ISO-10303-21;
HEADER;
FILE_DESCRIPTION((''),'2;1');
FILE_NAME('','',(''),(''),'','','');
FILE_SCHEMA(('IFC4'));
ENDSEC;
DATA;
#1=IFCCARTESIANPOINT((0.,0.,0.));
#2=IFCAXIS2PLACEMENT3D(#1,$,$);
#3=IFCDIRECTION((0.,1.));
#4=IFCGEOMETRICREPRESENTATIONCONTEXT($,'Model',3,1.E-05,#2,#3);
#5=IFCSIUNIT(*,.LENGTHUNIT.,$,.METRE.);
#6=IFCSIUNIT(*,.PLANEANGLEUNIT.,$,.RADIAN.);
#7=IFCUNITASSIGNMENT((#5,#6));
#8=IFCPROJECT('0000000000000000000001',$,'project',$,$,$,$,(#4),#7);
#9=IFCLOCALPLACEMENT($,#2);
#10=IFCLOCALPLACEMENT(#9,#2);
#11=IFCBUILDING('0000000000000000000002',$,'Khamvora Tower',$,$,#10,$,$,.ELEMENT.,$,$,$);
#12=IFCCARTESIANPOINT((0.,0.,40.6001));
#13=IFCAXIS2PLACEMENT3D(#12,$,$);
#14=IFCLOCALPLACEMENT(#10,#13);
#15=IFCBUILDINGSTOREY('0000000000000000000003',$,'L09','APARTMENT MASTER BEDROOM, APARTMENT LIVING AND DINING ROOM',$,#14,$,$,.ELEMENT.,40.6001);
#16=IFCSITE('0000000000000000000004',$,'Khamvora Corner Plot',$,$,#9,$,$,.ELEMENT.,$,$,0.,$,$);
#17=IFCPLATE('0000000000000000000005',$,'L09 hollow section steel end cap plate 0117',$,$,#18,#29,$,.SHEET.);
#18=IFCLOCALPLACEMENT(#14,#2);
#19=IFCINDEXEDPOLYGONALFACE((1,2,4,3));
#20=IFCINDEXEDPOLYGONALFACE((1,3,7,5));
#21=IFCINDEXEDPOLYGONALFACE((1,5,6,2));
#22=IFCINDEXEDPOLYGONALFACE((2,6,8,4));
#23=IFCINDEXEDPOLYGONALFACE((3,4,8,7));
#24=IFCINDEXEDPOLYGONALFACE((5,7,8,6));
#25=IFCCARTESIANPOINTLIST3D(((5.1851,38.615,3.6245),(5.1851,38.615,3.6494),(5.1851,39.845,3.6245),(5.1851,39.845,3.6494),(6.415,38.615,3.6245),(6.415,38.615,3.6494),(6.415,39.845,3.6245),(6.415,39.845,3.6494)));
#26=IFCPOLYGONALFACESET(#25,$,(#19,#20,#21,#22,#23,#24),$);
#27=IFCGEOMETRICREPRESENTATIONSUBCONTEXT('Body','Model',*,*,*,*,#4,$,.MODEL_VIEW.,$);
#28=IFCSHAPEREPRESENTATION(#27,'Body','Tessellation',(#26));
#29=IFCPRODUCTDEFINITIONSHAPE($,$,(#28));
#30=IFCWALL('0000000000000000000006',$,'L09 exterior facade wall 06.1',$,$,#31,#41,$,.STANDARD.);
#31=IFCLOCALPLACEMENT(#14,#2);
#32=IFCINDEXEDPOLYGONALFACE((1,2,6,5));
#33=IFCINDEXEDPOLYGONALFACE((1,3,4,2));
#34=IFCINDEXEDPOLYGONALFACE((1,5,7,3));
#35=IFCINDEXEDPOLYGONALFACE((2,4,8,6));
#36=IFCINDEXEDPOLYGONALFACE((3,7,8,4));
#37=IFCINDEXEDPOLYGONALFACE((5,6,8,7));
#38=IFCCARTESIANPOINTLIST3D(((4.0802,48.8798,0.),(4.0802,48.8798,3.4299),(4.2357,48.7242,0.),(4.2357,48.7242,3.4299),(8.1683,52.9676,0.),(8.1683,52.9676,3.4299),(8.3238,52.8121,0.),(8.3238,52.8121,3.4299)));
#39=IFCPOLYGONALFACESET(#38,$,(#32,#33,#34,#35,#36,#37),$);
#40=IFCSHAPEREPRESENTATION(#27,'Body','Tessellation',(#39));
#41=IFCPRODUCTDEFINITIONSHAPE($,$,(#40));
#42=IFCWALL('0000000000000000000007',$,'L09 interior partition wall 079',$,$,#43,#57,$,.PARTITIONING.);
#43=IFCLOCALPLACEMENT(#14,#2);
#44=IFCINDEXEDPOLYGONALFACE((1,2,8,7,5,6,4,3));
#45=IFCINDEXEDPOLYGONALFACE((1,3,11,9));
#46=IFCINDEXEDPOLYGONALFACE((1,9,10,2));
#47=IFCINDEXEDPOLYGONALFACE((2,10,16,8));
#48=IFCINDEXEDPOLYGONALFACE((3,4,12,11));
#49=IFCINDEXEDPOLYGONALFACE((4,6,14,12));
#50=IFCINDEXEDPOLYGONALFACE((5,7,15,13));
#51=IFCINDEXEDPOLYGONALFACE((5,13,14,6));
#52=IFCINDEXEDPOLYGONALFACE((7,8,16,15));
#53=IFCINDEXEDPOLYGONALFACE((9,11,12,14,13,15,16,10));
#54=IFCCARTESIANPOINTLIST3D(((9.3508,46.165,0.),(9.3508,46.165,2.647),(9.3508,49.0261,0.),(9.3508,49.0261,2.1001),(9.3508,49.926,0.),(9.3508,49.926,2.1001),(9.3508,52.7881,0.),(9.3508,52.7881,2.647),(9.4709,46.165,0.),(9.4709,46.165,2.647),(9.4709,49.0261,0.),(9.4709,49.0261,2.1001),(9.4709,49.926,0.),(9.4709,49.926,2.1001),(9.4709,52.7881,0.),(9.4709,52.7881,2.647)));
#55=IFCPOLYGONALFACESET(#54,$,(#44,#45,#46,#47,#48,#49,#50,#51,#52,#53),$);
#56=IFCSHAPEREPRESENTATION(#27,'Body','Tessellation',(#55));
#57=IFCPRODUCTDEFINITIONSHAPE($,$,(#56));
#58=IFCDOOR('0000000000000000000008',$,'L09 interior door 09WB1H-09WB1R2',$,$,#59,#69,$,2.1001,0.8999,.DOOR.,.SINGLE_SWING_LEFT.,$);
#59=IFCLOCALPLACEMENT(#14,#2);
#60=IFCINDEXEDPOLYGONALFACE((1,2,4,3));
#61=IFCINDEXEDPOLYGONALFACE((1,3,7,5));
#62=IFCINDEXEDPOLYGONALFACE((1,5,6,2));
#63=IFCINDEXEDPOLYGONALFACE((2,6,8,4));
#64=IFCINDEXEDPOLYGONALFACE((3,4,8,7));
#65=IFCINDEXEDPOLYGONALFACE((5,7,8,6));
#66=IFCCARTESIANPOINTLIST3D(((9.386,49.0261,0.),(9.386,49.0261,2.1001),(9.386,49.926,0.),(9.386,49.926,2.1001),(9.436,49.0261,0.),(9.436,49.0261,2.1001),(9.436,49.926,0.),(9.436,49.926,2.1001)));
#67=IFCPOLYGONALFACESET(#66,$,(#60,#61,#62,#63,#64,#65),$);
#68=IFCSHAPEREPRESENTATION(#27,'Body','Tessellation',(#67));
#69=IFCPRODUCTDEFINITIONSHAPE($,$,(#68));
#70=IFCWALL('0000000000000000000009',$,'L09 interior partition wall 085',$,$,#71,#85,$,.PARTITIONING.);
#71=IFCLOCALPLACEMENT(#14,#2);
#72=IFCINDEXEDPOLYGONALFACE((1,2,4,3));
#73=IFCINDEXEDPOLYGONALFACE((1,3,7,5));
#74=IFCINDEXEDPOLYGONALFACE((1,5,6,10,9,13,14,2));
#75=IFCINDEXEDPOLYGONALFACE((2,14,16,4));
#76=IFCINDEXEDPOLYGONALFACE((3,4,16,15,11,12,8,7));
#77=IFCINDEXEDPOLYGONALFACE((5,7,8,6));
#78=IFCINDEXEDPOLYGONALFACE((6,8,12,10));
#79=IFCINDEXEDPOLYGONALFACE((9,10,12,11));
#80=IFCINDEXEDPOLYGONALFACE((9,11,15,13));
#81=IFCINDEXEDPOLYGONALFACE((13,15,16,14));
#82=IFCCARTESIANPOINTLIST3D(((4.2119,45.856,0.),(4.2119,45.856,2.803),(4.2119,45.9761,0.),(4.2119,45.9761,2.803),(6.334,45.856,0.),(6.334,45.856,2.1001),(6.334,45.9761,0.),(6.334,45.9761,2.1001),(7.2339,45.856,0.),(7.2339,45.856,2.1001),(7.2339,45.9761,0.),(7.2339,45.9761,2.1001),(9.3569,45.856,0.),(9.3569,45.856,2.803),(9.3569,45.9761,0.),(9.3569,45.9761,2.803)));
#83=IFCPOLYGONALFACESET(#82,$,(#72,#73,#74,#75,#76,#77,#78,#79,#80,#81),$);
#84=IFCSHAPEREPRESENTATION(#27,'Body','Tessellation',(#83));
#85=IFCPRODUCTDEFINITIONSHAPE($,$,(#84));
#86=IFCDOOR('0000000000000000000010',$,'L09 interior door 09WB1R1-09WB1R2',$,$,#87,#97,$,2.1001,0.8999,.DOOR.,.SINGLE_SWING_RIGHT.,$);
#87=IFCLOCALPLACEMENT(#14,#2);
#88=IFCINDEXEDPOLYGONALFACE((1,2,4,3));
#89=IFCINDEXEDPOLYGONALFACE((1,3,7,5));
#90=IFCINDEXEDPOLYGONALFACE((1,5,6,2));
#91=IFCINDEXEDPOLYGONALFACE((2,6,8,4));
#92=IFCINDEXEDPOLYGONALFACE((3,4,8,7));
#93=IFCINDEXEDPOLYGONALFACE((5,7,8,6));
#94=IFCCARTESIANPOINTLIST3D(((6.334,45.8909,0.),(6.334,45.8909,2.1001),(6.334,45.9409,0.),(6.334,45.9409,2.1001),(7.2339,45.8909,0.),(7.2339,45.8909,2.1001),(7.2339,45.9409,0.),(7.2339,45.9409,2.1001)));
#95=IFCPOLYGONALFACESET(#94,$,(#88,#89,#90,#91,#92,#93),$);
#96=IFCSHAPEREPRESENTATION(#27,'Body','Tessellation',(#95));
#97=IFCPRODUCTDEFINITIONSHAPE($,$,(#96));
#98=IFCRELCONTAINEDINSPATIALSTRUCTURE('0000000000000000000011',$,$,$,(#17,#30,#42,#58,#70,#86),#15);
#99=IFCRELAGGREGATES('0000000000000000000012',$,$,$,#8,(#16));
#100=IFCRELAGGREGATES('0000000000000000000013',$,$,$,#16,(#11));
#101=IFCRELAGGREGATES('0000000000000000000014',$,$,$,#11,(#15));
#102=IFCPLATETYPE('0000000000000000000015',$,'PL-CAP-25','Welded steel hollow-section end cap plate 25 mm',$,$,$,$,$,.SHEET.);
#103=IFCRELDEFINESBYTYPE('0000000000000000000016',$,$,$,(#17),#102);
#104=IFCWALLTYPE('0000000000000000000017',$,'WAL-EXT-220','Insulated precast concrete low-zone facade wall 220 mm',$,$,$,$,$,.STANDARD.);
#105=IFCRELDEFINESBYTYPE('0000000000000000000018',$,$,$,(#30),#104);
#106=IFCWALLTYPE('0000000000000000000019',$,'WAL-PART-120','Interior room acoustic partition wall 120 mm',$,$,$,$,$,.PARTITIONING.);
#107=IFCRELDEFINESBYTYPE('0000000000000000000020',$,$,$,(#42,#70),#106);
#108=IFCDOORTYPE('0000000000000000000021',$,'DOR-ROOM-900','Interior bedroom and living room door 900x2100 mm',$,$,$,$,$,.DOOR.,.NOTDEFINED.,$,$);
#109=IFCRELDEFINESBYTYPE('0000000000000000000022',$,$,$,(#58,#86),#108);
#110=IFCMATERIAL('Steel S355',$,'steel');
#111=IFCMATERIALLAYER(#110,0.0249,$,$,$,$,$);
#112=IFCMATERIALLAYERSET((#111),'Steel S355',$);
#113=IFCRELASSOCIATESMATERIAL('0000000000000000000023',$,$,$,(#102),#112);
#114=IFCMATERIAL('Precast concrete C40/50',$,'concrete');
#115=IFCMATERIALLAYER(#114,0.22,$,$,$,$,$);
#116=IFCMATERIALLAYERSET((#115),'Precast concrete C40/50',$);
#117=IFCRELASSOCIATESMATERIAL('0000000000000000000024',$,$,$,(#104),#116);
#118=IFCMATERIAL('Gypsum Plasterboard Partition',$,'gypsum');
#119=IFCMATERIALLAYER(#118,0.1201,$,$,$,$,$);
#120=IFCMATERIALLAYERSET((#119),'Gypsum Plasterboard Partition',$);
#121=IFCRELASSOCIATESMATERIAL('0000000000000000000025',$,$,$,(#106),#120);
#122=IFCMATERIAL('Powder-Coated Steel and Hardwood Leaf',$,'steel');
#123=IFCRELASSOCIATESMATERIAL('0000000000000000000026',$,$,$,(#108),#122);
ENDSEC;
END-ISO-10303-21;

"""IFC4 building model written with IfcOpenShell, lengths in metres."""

from ifc_helpers import new_model, si_unit, direction, frame, frame_2d, origin, origin_2d, place, context, subcontext, project, spatial, rectangle, extrude, material, layer, layer_set, type_object, element, fill, save


model = new_model("IFC4")

# Units and contexts
model_context = context("Model", 3, precision=1e-05, world=origin(), true_north=direction((0.0, 1.0)))
body_context = subcontext(model_context, "Body", "Model", "MODEL_VIEW")
ifc_project = project(units=[si_unit("LENGTHUNIT", "METRE"), si_unit("PLANEANGLEUNIT", "RADIAN")], contexts=[model_context])

# Site, building, storey
site_placement = place(None, origin())
site = spatial("IfcSite", under=ifc_project, at=site_placement, Name="Khamvora Corner Plot", CompositionType="ELEMENT", RefElevation=0.0)
building_placement = place(site_placement, origin())
building = spatial("IfcBuilding", under=site, at=building_placement, Name="Khamvora Tower", CompositionType="ELEMENT")
storey_placement = place(building_placement, frame((0.0, 0.0, 40.6001)))
storey = spatial("IfcBuildingStorey", under=building, at=storey_placement, Name="L09", Description="APARTMENT MASTER BEDROOM, APARTMENT LIVING AND DINING ROOM", CompositionType="ELEMENT", Elevation=40.6001)

# Shared definitions
ifc_material_1 = material(Name="Steel S355", Category="steel")

# Plate
ifc_layer_1 = layer(ifc_material_1, 0.0249)
ifc_layer_set_1 = layer_set([ifc_layer_1], Name="Steel S355")
plate_type = type_object("IfcPlateType", Name="PL-CAP-25", Description="Welded steel hollow-section end cap plate 25 mm", PredefinedType="SHEET", material=ifc_layer_set_1)
for number, where, z_axis, x_axis, name in (
    (1, (5.8, 39.23, 3.6245), (0.0, 0.0, 1.0), (1.0, 0.0, 0.0), "L09 hollow section steel end cap plate 0117"),
):
    element("IfcPlate", number, at=place(storey_placement, frame(where, z_axis=z_axis, x_axis=x_axis)), inside=storey, type_object=plate_type, Name=name, PredefinedType="SHEET", context=body_context, shape_type="SweptSolid", body=[
        extrude(rectangle(XDim=1.23, YDim=1.23, at=origin_2d()), origin(), (0.0, 0.0, 1.0), 0.0249),
    ])

# Wall
ifc_material_2 = material(Name="Precast concrete C40/50", Category="concrete")
ifc_layer_2 = layer(ifc_material_2, 0.22)
ifc_layer_set_2 = layer_set([ifc_layer_2], Name="Precast concrete C40/50")
wall_type_1 = type_object("IfcWallType", Name="WAL-EXT-220", Description="Insulated precast concrete low-zone facade wall 220 mm", PredefinedType="STANDARD", material=ifc_layer_set_2)
wall_1_placement = place(storey_placement, frame((4.158, 48.802, 0.0), z_axis=(0.0, 0.0, 1.0), x_axis=(0.707128, 0.707086, 0.0)))
element("IfcWall", 2, at=wall_1_placement, inside=storey, type_object=wall_type_1, Name="L09 exterior facade wall 06.1", PredefinedType="STANDARD", context=body_context, shape_type="SweptSolid", body=[
    extrude(rectangle(XDim=5.7812, YDim=0.22, at=frame_2d((2.8906, 0.0))), origin(), (0.0, 0.0, 1.0), 3.4299),
])

# Walls, openings, doors
ifc_material_3 = material(Name="Gypsum Plasterboard Partition", Category="gypsum")
ifc_layer_3 = layer(ifc_material_3, 0.1201)
ifc_layer_set_3 = layer_set([ifc_layer_3], Name="Gypsum Plasterboard Partition")
wall_type_2 = type_object("IfcWallType", Name="WAL-PART-120", Description="Interior room acoustic partition wall 120 mm", PredefinedType="PARTITIONING", material=ifc_layer_set_3)
wall_2_placement = place(storey_placement, frame((9.4109, 46.165, 0.0), z_axis=(0.0, 0.0, 1.0), x_axis=(0.0, 1.0, 0.0)))
wall_2 = element("IfcWall", 3, at=wall_2_placement, inside=storey, type_object=wall_type_2, Name="L09 interior partition wall 079", PredefinedType="PARTITIONING", context=body_context, shape_type="SweptSolid", body=[
    extrude(rectangle(XDim=6.623, YDim=0.1201, at=frame_2d((3.3115, 0.0))), origin(), (0.0, 0.0, 1.0), 2.647),
])
opening_1_placement = place(wall_2_placement, frame((2.8611, 0.0, 0.0)))
opening_1 = element("IfcOpeningElement", 4, at=opening_1_placement, cuts=wall_2, PredefinedType="OPENING", context=body_context, shape_type="SweptSolid", body=[
    extrude(rectangle(XDim=0.8999, YDim=2.1001, at=frame_2d((0.45, 1.05))), frame((0.0, 0.0701, 0.0), z_axis=(0.0, -1.0, 0.0), x_axis=(1.0, 0.0, 0.0)), (0.0, 0.0, 1.0), 0.1401),
])
ifc_material_4 = material(Name="Powder-Coated Steel and Hardwood Leaf", Category="steel")
door_type = type_object("IfcDoorType", Name="DOR-ROOM-900", Description="Interior bedroom and living room door 900x2100 mm", OperationType="NOTDEFINED", PredefinedType="DOOR", material=ifc_material_4)
door_1_placement = place(opening_1_placement, origin())
door_1 = element("IfcDoor", 5, at=door_1_placement, inside=storey, type_object=door_type, Name="L09 interior door 09WB1H-09WB1R2", OperationType="SINGLE_SWING_LEFT", OverallHeight=2.1001, OverallWidth=0.8999, PredefinedType="DOOR", context=body_context, shape_type="SweptSolid", body=[
    extrude(rectangle(XDim=0.8999, YDim=2.1001, at=frame_2d((0.45, 1.05))), frame((0.0, 0.0249, 0.0), z_axis=(0.0, -1.0, 0.0), x_axis=(1.0, 0.0, 0.0)), (0.0, 0.0, 1.0), 0.05),
])
fill(opening_1, door_1)
wall_3_placement = place(storey_placement, frame((4.2119, 45.916, 0.0), z_axis=(0.0, 0.0, 1.0), x_axis=(1.0, 0.0, 0.0)))
wall_3 = element("IfcWall", 6, at=wall_3_placement, inside=storey, type_object=wall_type_2, Name="L09 interior partition wall 085", PredefinedType="PARTITIONING", context=body_context, shape_type="SweptSolid", body=[
    extrude(rectangle(XDim=5.145, YDim=0.1201, at=frame_2d((2.5725, 0.0))), origin(), (0.0, 0.0, 1.0), 2.803),
])
opening_2_placement = place(wall_3_placement, frame((2.1221, 0.0, 0.0)))
opening_2 = element("IfcOpeningElement", 7, at=opening_2_placement, cuts=wall_3, PredefinedType="OPENING", context=body_context, shape_type="SweptSolid", body=[
    extrude(rectangle(XDim=0.8999, YDim=2.1001, at=frame_2d((0.45, 1.05))), frame((0.0, 0.0701, 0.0), z_axis=(0.0, -1.0, 0.0), x_axis=(1.0, 0.0, 0.0)), (0.0, 0.0, 1.0), 0.1401),
])
door_2_placement = place(opening_2_placement, origin())
door_2 = element("IfcDoor", 8, at=door_2_placement, inside=storey, type_object=door_type, Name="L09 interior door 09WB1R1-09WB1R2", OperationType="SINGLE_SWING_RIGHT", OverallHeight=2.1001, OverallWidth=0.8999, PredefinedType="DOOR", context=body_context, shape_type="SweptSolid", body=[
    extrude(rectangle(XDim=0.8999, YDim=2.1001, at=frame_2d((0.45, 1.05))), frame((0.0, 0.0249, 0.0), z_axis=(0.0, -1.0, 0.0), x_axis=(1.0, 0.0, 0.0)), (0.0, 0.0, 1.0), 0.05),
])
fill(opening_2, door_2)

save(model, "model.ifc")
